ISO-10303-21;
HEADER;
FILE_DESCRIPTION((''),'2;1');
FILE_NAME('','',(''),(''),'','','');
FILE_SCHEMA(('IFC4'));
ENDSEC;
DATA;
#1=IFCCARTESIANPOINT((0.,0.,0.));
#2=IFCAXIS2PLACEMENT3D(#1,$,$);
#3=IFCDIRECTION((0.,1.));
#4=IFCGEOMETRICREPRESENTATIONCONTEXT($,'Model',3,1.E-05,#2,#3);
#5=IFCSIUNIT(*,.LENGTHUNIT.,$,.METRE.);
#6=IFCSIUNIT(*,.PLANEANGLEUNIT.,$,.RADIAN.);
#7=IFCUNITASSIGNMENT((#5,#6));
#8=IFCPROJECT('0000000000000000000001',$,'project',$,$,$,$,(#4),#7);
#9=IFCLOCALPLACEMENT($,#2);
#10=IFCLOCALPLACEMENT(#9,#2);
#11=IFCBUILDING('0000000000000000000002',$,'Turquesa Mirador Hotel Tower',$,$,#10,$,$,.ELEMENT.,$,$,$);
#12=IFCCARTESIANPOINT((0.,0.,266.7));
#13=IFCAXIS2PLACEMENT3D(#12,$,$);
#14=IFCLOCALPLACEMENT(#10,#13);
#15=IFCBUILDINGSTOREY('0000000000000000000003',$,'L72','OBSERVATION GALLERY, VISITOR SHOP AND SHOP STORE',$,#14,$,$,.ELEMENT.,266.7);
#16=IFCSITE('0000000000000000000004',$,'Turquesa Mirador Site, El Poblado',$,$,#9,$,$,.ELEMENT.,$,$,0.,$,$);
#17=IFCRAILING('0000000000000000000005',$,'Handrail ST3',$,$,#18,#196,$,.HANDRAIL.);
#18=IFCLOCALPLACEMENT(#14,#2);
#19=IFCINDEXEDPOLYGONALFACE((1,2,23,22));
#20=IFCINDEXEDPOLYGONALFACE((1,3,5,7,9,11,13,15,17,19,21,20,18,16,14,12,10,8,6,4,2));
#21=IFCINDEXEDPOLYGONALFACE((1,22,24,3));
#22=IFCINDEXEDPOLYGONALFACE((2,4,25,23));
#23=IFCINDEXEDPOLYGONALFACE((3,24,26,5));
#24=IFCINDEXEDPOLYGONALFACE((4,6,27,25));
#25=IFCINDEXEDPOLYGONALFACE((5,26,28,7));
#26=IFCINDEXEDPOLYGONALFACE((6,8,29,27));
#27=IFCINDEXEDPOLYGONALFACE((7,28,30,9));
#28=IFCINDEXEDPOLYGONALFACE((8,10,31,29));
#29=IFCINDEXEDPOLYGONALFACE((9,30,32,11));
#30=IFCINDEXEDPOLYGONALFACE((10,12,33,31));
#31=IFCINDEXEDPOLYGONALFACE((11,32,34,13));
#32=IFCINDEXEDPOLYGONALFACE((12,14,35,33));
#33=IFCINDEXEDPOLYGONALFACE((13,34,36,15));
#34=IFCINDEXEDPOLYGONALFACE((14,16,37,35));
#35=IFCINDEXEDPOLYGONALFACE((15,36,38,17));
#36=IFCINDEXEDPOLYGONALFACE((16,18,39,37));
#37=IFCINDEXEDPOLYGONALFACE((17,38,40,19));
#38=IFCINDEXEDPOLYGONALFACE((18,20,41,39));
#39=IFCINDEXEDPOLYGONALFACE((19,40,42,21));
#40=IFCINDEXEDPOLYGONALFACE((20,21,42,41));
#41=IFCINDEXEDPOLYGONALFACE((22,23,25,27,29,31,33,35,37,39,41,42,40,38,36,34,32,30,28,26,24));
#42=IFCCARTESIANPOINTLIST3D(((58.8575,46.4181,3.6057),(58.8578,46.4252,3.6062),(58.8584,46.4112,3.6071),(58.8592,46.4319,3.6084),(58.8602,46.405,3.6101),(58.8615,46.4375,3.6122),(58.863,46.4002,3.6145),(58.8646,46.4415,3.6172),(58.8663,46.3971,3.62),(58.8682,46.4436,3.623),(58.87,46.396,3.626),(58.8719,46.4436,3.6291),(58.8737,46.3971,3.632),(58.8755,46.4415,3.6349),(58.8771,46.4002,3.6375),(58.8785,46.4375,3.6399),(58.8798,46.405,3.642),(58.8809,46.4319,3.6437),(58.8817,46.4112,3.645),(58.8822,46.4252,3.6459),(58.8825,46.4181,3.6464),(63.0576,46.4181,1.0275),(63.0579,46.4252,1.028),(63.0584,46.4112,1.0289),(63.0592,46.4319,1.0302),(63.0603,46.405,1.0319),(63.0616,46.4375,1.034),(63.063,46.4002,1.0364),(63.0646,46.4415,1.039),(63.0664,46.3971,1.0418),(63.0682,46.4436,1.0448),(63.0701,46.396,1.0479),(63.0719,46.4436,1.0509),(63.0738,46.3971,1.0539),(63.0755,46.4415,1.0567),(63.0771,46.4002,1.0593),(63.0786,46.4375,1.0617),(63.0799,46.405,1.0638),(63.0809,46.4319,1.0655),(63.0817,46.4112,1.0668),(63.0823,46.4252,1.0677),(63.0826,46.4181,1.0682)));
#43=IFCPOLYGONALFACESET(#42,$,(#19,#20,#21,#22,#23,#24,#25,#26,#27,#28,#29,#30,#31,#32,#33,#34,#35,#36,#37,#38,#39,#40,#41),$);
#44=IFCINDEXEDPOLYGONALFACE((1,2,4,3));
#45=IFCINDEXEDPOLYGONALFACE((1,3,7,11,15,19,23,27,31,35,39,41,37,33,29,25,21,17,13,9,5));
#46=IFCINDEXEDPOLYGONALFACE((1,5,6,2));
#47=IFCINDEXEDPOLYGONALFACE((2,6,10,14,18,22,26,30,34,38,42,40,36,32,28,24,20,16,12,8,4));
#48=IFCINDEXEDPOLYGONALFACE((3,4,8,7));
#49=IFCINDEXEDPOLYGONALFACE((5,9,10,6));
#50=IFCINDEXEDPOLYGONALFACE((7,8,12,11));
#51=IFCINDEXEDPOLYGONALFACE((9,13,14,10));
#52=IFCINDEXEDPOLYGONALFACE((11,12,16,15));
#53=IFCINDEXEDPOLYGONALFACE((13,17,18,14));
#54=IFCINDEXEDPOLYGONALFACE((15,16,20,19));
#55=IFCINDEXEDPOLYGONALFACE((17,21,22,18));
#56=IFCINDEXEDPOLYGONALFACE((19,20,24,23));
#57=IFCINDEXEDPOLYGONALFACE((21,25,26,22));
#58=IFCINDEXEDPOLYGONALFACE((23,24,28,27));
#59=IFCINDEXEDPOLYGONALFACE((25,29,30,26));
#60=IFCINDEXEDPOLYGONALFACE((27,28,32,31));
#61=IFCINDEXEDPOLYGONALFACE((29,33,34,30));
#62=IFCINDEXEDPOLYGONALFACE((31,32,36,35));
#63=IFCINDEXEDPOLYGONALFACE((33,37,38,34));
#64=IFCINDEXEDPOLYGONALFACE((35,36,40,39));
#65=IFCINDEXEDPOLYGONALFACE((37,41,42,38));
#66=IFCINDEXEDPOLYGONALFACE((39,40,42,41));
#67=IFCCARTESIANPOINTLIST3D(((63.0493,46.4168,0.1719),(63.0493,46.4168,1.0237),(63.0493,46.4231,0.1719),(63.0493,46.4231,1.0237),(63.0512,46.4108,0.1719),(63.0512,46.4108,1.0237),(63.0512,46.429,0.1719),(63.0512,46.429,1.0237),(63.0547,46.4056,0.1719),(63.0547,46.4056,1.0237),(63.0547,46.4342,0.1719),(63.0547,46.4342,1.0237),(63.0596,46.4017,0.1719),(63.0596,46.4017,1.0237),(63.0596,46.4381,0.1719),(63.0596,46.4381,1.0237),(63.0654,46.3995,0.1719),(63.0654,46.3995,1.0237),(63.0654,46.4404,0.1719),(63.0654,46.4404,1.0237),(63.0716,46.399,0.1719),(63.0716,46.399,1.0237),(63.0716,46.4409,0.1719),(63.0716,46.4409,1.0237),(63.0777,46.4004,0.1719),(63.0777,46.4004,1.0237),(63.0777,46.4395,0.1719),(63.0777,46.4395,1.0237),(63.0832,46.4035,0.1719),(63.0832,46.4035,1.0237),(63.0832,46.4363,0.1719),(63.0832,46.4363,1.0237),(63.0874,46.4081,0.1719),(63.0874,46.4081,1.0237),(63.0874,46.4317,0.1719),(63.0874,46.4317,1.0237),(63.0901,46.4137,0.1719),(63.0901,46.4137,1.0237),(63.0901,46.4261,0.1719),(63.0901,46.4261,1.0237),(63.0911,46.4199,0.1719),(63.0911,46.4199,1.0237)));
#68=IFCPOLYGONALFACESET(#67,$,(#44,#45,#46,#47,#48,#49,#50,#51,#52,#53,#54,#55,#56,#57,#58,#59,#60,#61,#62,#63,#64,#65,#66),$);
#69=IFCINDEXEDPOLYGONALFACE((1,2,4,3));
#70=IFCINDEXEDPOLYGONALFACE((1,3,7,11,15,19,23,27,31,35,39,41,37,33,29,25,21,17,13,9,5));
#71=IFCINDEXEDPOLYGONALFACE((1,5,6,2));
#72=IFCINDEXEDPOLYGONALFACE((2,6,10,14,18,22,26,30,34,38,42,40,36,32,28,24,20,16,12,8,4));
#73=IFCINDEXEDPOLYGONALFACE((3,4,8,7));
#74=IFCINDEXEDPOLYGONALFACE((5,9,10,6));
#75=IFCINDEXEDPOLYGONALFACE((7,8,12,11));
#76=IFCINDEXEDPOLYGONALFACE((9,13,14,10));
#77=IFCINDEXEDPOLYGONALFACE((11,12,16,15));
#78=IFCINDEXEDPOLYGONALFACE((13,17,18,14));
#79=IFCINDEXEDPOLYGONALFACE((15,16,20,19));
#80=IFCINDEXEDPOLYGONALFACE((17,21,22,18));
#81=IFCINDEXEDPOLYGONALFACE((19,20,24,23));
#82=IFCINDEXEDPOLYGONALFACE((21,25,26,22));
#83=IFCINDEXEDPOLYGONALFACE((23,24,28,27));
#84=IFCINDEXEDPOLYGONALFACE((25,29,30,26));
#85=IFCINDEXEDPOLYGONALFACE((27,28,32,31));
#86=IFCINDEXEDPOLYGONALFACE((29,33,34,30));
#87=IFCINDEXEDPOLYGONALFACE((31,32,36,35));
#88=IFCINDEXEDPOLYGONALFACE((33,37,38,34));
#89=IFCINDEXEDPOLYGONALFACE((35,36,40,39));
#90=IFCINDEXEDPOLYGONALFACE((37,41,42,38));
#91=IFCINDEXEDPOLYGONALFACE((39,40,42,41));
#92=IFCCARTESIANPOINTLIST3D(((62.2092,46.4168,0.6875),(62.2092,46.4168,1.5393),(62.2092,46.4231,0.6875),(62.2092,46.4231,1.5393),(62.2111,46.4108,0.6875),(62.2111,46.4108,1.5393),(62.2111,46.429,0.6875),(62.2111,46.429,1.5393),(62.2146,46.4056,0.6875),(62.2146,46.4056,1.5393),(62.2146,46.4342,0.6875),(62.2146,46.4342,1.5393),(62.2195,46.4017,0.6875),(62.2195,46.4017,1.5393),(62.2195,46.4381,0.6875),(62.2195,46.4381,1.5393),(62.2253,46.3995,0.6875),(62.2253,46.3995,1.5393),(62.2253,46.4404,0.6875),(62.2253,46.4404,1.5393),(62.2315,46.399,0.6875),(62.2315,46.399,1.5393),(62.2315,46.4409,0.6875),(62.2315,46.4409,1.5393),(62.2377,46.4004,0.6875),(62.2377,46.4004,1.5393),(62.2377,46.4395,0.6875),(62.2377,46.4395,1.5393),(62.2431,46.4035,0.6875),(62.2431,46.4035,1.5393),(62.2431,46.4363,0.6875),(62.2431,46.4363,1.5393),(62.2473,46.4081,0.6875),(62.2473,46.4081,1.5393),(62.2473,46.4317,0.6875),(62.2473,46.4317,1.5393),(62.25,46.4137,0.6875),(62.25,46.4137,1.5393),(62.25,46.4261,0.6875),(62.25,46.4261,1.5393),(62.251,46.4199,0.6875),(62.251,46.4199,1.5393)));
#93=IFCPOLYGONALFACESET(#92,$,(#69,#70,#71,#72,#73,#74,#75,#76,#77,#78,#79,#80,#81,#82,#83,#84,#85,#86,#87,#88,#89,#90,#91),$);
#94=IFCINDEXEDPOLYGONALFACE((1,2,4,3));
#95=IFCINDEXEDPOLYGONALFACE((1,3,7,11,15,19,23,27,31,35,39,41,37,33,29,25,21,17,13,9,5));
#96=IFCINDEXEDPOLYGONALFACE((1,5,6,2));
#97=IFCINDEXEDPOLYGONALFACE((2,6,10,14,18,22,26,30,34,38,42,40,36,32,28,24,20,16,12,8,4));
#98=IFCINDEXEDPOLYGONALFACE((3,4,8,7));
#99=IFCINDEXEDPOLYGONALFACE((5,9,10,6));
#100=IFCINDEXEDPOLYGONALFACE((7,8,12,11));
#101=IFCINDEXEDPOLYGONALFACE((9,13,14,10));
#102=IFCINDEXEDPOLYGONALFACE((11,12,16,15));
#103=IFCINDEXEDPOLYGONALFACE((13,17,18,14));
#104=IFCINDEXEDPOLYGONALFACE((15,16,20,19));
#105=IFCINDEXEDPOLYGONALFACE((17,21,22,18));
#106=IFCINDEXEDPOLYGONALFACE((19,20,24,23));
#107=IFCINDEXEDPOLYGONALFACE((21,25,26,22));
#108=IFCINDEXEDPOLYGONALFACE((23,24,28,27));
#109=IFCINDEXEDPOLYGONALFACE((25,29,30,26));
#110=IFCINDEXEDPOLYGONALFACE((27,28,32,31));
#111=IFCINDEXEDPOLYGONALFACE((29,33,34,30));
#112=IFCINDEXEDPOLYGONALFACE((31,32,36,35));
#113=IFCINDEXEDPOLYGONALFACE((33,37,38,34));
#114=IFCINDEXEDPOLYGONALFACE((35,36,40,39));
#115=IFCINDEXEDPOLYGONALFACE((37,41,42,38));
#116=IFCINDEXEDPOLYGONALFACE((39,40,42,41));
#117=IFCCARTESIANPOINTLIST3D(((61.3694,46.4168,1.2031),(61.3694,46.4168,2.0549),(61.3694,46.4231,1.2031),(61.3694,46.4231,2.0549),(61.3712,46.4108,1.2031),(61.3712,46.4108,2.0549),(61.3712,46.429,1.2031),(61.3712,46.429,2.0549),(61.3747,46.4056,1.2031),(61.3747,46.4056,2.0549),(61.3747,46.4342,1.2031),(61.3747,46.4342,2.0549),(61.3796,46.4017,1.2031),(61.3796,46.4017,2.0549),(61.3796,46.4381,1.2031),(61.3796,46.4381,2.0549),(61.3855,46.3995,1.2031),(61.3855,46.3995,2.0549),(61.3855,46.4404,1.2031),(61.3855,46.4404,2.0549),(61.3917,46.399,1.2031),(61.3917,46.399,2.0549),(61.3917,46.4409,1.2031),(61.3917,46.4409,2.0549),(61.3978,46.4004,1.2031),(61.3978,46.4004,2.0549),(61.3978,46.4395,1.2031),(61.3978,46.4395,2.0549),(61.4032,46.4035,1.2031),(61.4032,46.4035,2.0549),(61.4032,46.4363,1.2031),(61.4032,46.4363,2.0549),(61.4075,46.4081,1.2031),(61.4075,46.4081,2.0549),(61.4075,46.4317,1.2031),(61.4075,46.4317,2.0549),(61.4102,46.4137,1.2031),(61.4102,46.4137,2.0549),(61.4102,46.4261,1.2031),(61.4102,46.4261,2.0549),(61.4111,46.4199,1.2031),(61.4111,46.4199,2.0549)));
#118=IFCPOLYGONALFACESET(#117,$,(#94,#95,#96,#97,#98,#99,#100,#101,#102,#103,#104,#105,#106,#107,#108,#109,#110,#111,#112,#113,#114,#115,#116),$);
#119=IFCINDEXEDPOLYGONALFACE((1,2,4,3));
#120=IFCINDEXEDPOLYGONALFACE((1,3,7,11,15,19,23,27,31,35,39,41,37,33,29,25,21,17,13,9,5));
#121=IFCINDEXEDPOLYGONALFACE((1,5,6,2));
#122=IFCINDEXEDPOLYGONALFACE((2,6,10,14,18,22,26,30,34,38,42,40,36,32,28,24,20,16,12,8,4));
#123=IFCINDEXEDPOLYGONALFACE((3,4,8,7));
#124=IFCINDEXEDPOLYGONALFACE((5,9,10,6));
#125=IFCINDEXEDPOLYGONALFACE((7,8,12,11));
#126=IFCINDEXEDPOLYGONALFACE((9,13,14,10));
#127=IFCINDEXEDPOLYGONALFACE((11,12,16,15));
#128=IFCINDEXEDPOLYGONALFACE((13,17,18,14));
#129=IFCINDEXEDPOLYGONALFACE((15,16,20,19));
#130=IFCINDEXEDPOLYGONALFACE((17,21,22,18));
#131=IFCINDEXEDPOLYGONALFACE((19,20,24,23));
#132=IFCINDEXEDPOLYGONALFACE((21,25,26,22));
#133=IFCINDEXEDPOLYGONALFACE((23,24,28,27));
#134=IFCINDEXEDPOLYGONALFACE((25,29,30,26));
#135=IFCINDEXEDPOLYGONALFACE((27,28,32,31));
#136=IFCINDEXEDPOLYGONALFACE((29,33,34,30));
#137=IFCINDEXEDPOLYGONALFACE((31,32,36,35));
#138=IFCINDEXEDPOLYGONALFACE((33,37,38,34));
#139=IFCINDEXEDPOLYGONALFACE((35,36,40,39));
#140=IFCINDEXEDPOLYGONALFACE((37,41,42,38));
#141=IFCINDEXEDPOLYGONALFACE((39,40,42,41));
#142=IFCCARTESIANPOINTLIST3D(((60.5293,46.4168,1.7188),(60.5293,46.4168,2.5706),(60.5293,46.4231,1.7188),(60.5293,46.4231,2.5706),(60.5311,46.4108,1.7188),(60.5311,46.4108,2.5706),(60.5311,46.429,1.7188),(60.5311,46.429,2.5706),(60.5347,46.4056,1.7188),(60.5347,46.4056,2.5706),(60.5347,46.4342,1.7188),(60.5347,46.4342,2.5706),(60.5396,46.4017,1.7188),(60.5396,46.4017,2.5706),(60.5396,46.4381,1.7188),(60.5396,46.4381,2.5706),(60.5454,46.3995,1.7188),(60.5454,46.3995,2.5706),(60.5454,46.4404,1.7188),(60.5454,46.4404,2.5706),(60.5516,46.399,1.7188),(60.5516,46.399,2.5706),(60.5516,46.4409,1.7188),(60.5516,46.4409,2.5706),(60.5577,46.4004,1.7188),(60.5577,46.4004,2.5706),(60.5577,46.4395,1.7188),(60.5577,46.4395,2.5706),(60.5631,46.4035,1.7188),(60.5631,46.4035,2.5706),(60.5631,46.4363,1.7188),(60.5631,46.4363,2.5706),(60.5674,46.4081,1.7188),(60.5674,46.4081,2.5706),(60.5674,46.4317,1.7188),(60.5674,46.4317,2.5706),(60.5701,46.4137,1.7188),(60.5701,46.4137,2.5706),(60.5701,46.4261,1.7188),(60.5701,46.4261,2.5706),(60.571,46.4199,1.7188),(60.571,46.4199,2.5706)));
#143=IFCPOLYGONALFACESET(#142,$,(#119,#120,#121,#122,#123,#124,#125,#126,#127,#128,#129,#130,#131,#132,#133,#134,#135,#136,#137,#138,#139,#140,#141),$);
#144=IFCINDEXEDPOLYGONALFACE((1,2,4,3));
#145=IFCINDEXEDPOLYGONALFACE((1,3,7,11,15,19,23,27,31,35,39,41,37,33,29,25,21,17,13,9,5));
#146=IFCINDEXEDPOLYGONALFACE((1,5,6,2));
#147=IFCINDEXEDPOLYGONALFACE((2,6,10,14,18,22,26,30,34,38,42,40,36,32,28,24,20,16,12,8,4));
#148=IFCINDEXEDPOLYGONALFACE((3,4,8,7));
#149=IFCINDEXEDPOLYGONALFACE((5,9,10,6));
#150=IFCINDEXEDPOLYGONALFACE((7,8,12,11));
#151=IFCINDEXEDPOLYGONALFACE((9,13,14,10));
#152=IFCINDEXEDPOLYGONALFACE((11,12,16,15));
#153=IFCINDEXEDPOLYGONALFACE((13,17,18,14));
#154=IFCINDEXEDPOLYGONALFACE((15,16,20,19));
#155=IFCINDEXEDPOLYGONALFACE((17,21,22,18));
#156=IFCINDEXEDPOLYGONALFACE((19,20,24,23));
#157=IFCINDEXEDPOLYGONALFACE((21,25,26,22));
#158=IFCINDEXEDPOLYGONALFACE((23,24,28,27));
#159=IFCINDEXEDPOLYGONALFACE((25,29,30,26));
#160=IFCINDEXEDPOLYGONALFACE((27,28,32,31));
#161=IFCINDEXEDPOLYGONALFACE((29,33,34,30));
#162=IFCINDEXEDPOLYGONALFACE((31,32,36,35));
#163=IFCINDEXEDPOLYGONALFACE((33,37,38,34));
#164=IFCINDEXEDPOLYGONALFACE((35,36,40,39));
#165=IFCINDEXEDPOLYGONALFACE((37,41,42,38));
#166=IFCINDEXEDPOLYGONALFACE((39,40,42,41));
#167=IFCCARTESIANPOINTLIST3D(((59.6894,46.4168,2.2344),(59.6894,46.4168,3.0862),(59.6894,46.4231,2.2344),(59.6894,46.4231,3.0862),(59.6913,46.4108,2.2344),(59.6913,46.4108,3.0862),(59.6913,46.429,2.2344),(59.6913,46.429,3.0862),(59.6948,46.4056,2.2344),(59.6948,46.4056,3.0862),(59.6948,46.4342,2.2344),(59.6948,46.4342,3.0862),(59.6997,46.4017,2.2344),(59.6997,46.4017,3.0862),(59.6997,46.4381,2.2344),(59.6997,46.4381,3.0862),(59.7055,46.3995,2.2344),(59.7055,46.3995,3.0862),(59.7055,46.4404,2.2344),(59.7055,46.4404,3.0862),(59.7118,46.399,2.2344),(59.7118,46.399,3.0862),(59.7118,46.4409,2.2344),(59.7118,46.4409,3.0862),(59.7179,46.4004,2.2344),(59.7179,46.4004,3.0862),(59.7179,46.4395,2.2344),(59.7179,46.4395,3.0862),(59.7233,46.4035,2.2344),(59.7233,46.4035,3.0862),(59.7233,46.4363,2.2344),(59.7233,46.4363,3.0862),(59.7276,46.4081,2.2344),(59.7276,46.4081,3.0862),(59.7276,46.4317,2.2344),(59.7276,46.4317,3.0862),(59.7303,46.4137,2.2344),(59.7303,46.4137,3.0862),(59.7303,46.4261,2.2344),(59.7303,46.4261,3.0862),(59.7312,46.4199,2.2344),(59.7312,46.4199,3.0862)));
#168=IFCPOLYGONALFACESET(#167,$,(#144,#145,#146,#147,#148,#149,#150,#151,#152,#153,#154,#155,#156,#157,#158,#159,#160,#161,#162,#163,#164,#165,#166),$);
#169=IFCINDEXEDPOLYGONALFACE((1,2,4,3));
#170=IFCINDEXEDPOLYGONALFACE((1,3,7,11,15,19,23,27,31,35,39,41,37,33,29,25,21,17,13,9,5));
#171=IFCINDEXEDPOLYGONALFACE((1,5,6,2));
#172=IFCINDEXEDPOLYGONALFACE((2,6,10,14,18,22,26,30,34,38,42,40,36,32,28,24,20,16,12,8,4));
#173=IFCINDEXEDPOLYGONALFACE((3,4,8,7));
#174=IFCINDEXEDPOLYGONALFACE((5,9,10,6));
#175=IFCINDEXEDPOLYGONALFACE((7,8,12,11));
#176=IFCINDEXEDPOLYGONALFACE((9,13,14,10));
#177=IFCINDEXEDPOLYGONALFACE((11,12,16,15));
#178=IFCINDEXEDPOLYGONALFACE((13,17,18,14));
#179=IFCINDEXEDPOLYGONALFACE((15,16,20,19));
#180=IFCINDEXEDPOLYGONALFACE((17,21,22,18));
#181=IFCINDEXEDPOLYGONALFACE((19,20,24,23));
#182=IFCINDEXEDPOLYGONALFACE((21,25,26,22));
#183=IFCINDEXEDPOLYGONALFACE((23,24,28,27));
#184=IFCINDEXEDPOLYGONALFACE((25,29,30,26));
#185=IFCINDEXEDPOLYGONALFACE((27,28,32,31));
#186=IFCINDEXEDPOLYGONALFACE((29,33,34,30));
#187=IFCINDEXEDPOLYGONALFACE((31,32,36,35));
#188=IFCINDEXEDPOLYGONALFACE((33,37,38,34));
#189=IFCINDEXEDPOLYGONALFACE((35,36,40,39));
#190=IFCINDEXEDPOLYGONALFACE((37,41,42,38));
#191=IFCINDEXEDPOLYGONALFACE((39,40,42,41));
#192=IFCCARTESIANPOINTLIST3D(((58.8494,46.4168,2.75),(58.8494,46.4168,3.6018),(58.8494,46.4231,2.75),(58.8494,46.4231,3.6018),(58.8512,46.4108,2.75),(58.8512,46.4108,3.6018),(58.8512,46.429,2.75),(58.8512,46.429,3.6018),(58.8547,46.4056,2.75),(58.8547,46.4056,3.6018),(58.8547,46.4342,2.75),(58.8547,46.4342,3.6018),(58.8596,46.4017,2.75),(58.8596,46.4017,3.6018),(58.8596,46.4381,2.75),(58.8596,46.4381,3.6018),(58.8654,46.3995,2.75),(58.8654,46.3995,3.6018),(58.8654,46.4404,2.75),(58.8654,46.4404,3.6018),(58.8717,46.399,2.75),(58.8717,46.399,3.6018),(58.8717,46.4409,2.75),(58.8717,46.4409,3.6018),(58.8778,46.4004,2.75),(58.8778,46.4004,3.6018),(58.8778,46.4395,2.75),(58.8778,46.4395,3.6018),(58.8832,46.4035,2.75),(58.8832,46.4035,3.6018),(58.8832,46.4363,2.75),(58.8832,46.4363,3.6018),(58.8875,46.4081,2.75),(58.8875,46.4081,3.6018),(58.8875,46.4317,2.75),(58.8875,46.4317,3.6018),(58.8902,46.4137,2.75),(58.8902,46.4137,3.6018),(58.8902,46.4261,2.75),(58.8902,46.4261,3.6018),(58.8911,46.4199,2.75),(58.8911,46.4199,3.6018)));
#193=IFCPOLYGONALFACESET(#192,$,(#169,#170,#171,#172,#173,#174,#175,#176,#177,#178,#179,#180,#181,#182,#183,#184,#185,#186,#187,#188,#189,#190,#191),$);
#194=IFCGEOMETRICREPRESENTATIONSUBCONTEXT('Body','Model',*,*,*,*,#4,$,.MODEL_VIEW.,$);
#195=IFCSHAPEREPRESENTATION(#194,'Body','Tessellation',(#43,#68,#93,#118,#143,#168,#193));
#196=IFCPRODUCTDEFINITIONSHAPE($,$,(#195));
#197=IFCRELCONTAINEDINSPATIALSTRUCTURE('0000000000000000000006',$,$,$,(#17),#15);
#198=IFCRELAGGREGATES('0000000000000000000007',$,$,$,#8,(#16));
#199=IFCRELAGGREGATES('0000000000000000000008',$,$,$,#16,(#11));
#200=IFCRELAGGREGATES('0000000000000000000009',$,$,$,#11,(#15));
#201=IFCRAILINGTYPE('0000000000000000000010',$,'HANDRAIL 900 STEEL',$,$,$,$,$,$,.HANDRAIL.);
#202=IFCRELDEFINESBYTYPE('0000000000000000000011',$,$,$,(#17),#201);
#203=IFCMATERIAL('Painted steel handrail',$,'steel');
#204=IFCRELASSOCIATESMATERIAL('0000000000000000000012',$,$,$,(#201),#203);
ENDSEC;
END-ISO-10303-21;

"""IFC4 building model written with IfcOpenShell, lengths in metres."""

from ifc_helpers import new_model, si_unit, direction, frame, origin, origin_2d, place, context, subcontext, project, spatial, circle, extrude, material, type_object, element, save


model = new_model("IFC4")

# Units and contexts
model_context = context("Model", 3, precision=1e-05, world=origin(), true_north=direction((0.0, 1.0)))
body_context = subcontext(model_context, "Body", "Model", "MODEL_VIEW")
ifc_project = project(units=[si_unit("LENGTHUNIT", "METRE"), si_unit("PLANEANGLEUNIT", "RADIAN")], contexts=[model_context])

# Site, building, storey
site_placement = place(None, origin())
site = spatial("IfcSite", under=ifc_project, at=site_placement, Name="Turquesa Mirador Site, El Poblado", CompositionType="ELEMENT", RefElevation=0.0)
building_placement = place(site_placement, origin())
building = spatial("IfcBuilding", under=site, at=building_placement, Name="Turquesa Mirador Hotel Tower", CompositionType="ELEMENT")
storey_placement = place(building_placement, frame((0.0, 0.0, 266.7)))
storey = spatial("IfcBuildingStorey", under=building, at=storey_placement, Name="L72", Description="OBSERVATION GALLERY, VISITOR SHOP AND SHOP STORE", CompositionType="ELEMENT", Elevation=266.7)

# Railing
ifc_material_1 = material(Name="Painted steel handrail", Category="steel")
railing_type = type_object("IfcRailingType", Name="HANDRAIL 900 STEEL", PredefinedType="HANDRAIL", material=ifc_material_1)
railing_1_placement = place(storey_placement, frame((63.0701, 46.4199, 0.1719)))
element("IfcRailing", 1, at=railing_1_placement, inside=storey, type_object=railing_type, Name="Handrail ST3", PredefinedType="HANDRAIL", context=body_context, shape_type="SweptSolid", body=[
    extrude(circle(Radius=0.0239, at=origin_2d()), frame((0.0, 0.0, 0.876), z_axis=(-0.852243, 0.0, 0.523146), x_axis=(0.0, -1.0, 0.0)), (0.0, 0.0, 1.0), 4.9282),
    extrude(circle(Radius=0.021, at=origin_2d()), origin(), (0.0, 0.0, 1.0), 0.8518),
    extrude(circle(Radius=0.021, at=origin_2d()), frame((-0.8401, 0.0, 0.5156)), (0.0, 0.0, 1.0), 0.8518),
    extrude(circle(Radius=0.021, at=origin_2d()), frame((-1.6799, 0.0, 1.0312)), (0.0, 0.0, 1.0), 0.8518),
    extrude(circle(Radius=0.021, at=origin_2d()), frame((-2.52, 0.0, 1.5469)), (0.0, 0.0, 1.0), 0.8518),
    extrude(circle(Radius=0.021, at=origin_2d()), frame((-3.3599, 0.0, 2.0625)), (0.0, 0.0, 1.0), 0.8518),
    extrude(circle(Radius=0.021, at=origin_2d()), frame((-4.2, 0.0, 2.5781)), (0.0, 0.0, 1.0), 0.8518),
])

save(model, "model.ifc")
